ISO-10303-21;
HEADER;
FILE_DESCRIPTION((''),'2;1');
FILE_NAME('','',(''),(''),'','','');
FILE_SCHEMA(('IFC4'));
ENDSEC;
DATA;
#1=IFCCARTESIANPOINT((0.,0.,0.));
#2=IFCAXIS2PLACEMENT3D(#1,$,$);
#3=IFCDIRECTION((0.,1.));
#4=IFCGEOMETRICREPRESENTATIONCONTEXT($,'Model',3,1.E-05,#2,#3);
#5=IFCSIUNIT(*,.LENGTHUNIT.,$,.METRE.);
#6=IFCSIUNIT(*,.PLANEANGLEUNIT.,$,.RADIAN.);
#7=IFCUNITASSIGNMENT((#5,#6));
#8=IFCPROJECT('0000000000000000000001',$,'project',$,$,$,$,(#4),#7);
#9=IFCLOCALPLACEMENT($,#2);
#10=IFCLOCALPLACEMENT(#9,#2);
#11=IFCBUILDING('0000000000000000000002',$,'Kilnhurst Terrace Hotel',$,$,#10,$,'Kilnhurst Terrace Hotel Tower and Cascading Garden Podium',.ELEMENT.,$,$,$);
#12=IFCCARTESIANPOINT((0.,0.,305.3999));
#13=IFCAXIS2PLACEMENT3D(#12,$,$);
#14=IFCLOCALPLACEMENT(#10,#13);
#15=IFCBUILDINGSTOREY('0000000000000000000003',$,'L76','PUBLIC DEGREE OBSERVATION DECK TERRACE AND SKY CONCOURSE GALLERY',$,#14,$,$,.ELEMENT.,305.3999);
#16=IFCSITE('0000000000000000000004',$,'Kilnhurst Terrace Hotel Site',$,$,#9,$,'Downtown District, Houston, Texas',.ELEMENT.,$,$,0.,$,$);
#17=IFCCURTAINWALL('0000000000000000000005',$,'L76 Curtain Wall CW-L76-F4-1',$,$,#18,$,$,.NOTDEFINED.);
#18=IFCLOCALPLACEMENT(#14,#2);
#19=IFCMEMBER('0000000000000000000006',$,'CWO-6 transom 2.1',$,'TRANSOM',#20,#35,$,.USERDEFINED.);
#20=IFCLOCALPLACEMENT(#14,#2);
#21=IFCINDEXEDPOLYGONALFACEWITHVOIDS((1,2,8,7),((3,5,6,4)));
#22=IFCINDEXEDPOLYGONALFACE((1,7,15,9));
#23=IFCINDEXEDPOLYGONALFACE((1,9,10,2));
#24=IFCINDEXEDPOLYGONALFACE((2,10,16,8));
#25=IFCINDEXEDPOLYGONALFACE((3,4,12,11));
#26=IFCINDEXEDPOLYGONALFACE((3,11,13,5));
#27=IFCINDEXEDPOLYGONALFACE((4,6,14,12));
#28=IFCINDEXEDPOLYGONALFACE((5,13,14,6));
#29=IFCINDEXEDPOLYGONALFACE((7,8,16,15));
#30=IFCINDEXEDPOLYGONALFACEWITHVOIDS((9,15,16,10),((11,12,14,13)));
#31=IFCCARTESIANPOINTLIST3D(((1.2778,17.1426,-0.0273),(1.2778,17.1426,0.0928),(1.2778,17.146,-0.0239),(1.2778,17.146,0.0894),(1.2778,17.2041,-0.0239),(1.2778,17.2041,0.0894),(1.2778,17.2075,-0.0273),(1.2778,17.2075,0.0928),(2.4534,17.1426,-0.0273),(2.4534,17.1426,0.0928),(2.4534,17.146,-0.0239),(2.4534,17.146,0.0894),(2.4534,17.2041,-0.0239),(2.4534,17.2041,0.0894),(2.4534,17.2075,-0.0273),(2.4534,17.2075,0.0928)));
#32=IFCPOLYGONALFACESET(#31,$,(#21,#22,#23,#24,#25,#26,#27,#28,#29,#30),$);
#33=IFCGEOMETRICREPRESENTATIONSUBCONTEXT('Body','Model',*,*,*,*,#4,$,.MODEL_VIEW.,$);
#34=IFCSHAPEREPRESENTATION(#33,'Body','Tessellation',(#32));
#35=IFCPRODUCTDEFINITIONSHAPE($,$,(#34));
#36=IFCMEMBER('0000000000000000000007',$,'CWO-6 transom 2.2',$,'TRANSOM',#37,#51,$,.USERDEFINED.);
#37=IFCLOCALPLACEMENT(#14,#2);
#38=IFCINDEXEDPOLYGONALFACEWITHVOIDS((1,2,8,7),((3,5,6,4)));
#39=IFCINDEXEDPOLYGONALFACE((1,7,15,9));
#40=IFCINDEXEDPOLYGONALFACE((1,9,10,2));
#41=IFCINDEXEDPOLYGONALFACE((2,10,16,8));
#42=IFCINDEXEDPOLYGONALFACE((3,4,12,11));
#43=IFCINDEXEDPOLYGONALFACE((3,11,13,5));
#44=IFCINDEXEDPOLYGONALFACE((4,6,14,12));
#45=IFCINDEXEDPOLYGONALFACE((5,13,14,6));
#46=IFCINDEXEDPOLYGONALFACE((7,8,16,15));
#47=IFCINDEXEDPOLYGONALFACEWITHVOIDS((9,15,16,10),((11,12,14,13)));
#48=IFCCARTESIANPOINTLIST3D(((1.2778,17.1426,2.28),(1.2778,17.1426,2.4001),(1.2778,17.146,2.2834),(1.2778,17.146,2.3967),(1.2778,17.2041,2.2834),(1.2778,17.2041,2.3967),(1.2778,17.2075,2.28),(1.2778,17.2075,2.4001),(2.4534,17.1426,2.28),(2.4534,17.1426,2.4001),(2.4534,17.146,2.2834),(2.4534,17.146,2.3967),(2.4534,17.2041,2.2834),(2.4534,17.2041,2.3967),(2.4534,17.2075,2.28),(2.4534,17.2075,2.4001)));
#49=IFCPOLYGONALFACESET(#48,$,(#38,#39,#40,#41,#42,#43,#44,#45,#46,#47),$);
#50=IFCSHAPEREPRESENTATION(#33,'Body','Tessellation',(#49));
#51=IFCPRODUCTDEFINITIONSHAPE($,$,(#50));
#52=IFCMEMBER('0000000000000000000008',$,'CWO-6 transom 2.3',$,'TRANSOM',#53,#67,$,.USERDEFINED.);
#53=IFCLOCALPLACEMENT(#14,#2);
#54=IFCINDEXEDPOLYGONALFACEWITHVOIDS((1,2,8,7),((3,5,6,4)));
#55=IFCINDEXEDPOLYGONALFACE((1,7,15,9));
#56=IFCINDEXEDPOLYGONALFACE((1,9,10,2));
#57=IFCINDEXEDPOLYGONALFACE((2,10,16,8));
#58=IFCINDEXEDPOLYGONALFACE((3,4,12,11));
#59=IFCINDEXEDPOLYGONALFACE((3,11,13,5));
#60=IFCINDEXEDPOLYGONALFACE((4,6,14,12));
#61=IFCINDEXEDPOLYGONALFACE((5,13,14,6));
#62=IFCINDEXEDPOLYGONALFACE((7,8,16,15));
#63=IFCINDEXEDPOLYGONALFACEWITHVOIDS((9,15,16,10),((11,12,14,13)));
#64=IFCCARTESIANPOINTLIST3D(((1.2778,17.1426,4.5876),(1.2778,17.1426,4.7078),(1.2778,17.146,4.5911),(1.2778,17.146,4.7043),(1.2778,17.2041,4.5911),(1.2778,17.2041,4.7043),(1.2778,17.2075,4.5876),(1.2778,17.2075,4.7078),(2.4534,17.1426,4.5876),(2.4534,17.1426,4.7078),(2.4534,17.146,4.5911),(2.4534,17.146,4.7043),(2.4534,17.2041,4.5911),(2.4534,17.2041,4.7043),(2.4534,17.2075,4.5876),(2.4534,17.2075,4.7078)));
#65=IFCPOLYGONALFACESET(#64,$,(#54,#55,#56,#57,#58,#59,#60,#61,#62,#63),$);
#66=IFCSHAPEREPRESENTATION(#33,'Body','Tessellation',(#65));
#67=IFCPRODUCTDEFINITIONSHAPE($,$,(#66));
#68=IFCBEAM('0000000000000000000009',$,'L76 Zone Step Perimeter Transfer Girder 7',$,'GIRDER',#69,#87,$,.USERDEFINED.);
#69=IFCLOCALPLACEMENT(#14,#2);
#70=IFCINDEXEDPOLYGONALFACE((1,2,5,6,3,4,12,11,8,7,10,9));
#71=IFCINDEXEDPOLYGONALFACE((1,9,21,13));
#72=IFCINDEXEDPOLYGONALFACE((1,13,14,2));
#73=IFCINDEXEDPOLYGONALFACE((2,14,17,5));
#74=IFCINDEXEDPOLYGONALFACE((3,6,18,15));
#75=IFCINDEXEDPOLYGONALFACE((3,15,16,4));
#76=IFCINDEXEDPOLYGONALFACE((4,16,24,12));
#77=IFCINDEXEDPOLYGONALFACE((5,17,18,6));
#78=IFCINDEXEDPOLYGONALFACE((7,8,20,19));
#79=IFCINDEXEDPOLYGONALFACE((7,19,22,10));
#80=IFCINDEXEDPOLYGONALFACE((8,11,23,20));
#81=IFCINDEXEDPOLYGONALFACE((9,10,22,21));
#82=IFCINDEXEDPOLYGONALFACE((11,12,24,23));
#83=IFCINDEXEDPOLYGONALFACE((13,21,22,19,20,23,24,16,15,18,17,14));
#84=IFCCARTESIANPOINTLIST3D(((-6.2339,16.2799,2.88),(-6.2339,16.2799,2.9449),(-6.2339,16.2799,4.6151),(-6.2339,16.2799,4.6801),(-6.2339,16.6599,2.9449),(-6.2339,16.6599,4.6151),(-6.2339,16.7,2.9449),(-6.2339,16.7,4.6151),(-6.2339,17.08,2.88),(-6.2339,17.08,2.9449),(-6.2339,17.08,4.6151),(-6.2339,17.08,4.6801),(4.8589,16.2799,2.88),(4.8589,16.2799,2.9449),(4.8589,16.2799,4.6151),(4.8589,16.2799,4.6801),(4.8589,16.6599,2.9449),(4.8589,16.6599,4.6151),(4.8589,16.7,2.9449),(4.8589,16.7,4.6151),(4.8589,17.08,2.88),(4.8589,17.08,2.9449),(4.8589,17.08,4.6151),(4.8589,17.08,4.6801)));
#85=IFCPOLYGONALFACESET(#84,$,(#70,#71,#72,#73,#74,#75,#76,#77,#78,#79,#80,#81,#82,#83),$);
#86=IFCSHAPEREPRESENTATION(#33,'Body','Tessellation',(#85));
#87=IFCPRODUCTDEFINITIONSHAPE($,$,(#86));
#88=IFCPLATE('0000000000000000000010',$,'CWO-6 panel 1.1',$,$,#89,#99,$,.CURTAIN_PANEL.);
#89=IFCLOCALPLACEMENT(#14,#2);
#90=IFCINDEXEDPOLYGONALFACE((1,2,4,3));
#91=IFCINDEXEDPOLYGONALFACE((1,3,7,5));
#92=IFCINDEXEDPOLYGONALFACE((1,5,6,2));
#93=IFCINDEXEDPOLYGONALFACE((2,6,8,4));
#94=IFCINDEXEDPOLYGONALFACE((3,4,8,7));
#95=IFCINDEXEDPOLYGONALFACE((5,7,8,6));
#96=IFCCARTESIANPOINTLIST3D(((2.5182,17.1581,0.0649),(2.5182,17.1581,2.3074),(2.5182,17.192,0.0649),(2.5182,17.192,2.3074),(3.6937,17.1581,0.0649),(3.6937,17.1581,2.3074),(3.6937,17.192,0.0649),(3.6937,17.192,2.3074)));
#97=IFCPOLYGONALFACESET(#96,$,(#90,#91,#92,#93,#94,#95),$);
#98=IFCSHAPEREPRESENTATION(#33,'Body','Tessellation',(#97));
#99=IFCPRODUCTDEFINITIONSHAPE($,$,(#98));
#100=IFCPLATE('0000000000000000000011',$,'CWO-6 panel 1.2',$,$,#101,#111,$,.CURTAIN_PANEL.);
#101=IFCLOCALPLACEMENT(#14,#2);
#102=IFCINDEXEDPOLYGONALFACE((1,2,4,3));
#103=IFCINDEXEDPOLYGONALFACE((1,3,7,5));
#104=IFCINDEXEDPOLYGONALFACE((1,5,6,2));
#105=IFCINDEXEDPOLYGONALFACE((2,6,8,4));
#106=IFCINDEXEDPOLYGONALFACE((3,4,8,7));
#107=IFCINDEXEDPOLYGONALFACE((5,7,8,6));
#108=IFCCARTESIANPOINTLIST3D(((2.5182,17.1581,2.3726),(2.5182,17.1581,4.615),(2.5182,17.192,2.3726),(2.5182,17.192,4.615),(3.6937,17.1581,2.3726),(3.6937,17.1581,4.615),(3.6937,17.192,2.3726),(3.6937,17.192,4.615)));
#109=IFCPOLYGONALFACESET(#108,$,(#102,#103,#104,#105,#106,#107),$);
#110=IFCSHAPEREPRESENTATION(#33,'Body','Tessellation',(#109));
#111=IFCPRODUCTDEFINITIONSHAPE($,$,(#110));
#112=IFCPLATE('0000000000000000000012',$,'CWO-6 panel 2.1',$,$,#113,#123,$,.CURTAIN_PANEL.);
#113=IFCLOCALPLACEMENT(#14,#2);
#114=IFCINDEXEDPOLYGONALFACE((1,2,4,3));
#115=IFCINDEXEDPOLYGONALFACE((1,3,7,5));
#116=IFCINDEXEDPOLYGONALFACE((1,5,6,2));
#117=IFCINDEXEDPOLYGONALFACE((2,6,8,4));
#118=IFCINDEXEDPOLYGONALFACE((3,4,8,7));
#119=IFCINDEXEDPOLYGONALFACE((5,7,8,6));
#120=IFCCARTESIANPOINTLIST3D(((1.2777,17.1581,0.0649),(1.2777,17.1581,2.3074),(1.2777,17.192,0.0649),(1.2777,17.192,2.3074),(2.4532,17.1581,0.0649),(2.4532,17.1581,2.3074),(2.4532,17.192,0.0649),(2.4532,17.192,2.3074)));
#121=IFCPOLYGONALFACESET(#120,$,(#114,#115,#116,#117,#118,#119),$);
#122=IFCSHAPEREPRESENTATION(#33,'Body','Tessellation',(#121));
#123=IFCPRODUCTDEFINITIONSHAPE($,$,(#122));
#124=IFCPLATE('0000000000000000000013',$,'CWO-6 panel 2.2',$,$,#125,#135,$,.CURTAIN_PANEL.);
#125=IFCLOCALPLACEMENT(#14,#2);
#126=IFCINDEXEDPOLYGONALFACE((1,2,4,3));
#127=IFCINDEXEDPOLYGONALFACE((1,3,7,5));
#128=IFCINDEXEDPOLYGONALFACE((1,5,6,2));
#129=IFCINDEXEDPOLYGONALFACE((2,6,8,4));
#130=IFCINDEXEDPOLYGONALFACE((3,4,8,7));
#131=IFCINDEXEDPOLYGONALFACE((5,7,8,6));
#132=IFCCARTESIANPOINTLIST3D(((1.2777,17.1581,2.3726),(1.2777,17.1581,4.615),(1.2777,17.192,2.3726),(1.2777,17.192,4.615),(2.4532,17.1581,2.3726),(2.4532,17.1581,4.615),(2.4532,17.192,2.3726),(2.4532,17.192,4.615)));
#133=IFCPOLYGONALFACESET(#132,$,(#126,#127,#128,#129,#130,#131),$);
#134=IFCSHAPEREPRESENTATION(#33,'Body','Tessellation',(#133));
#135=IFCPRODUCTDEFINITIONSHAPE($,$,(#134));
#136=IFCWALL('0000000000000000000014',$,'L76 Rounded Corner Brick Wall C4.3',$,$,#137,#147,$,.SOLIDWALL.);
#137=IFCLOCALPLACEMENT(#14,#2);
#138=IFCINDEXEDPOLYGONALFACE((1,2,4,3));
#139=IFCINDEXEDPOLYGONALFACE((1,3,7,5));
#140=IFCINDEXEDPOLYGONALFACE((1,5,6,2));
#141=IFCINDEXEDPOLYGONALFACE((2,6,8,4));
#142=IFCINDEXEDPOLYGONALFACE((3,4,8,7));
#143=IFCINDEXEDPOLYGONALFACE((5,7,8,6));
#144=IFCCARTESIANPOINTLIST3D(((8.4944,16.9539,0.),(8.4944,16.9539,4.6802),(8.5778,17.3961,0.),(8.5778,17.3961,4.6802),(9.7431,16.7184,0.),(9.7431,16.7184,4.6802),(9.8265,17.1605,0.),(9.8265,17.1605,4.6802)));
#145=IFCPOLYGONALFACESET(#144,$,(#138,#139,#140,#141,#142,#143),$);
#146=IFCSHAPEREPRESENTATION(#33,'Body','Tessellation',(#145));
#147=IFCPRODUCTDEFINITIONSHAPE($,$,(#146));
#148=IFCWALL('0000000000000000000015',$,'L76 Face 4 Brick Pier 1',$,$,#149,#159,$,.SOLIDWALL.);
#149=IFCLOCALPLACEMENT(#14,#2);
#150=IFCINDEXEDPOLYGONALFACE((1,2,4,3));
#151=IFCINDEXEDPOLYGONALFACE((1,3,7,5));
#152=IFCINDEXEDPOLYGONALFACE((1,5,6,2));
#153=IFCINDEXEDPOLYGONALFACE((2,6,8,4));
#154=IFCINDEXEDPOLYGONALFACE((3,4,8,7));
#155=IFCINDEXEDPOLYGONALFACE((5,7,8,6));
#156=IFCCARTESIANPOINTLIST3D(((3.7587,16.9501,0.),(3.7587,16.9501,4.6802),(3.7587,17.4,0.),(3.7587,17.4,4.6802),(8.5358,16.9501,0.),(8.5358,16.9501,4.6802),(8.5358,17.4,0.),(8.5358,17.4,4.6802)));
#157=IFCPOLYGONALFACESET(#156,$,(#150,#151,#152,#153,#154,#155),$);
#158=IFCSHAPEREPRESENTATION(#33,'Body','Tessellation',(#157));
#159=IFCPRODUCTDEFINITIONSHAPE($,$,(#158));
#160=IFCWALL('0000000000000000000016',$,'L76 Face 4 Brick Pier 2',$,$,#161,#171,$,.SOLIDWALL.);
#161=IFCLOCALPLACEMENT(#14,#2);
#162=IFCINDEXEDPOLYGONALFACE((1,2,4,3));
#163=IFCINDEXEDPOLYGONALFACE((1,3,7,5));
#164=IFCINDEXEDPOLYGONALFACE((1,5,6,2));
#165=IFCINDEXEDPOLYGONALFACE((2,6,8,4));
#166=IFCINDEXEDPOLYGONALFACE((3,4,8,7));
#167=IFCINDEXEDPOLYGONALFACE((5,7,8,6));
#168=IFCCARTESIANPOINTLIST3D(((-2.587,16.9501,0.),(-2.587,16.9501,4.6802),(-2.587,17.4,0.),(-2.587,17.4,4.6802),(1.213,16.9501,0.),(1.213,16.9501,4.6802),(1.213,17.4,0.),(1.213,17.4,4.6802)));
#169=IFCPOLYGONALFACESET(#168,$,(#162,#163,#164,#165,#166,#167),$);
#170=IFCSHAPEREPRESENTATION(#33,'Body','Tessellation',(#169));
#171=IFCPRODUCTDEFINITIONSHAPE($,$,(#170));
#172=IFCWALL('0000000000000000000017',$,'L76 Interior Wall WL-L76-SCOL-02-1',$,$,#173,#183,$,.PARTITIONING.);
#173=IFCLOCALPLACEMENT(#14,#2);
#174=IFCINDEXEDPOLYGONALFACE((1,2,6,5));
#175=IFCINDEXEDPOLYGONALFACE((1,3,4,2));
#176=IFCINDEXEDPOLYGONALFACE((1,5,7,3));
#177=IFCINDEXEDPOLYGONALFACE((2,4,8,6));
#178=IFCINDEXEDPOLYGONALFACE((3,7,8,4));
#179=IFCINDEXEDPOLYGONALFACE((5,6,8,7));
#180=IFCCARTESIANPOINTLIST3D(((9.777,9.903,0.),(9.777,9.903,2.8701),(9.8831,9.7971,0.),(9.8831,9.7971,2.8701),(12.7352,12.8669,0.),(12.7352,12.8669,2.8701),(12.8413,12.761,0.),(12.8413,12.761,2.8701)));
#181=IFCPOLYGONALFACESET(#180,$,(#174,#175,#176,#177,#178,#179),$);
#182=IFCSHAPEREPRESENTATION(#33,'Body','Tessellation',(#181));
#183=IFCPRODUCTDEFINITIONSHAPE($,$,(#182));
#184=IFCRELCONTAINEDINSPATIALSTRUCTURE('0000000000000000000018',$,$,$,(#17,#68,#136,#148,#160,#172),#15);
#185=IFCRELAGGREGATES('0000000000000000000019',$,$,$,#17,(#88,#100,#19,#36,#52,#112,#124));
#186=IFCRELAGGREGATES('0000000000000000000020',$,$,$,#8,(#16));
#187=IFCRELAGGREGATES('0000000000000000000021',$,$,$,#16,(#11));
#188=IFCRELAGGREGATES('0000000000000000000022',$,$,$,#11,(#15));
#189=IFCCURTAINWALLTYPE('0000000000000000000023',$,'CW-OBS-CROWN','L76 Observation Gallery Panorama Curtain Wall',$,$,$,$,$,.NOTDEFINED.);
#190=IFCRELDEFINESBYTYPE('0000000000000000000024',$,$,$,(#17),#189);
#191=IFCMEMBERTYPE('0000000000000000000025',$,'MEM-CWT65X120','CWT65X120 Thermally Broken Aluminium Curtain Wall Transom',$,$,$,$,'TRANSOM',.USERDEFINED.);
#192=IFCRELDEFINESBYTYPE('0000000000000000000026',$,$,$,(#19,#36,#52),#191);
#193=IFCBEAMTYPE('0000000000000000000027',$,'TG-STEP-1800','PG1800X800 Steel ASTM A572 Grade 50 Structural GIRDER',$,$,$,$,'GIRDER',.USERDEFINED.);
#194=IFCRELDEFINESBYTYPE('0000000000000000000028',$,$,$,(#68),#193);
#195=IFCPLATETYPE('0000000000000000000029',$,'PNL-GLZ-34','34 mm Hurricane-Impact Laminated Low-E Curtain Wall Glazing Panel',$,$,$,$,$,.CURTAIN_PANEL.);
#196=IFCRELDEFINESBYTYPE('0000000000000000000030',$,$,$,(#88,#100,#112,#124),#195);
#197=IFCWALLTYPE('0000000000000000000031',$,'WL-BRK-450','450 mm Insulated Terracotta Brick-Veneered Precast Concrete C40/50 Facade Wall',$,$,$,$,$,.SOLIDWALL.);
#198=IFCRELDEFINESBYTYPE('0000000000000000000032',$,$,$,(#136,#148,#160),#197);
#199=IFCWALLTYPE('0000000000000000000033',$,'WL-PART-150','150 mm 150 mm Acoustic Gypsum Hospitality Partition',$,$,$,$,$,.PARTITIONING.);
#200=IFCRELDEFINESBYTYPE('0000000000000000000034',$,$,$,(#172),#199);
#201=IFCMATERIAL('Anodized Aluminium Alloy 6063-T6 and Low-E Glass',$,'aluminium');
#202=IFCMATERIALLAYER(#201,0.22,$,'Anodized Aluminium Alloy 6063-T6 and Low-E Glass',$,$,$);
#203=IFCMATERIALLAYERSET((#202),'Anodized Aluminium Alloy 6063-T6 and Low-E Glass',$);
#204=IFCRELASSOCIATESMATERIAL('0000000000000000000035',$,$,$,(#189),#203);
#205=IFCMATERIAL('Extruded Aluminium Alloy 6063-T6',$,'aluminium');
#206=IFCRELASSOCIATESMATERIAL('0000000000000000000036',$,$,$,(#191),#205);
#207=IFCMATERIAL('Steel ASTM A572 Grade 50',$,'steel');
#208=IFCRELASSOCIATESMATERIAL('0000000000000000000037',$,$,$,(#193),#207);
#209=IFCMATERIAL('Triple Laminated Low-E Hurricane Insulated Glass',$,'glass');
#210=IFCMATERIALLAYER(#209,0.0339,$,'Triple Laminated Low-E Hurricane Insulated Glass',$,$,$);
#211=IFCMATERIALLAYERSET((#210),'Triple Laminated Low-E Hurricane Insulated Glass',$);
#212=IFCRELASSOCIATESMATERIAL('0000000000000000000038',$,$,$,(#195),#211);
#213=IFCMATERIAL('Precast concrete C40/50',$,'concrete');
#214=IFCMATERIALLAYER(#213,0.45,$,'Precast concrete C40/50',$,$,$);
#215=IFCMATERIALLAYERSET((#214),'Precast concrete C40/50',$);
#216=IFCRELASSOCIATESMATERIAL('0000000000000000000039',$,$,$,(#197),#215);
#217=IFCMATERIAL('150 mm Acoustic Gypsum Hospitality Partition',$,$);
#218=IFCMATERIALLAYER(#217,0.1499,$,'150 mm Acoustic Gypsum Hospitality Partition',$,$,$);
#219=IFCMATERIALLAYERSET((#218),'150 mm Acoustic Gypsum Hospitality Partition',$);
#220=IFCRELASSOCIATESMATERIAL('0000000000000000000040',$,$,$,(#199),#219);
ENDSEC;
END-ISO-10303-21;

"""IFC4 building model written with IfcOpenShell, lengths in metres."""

from ifc_helpers import new_model, si_unit, direction, frame, frame_2d, origin, origin_2d, place, context, subcontext, project, spatial, rectangle, hollow_rectangle, i_section, extrude, material, layer, layer_set, material_profile, profile_set, type_object, element, aggregate, save


model = new_model("IFC4")

# Units and contexts
model_context = context("Model", 3, precision=1e-05, world=origin(), true_north=direction((0.0, 1.0)))
body_context = subcontext(model_context, "Body", "Model", "MODEL_VIEW")
ifc_project = project(units=[si_unit("LENGTHUNIT", "METRE"), si_unit("PLANEANGLEUNIT", "RADIAN")], contexts=[model_context])

# Site, building, storey
site_placement = place(None, origin())
site = spatial("IfcSite", under=ifc_project, at=site_placement, Name="Kilnhurst Terrace Hotel Site", LongName="Downtown District, Houston, Texas", CompositionType="ELEMENT", RefElevation=0.0)
building_placement = place(site_placement, origin())
building = spatial("IfcBuilding", under=site, at=building_placement, Name="Kilnhurst Terrace Hotel", LongName="Kilnhurst Terrace Hotel Tower and Cascading Garden Podium", CompositionType="ELEMENT")
storey_placement = place(building_placement, frame((0.0, 0.0, 305.3999)))
storey = spatial("IfcBuildingStorey", under=building, at=storey_placement, Name="L76", Description="PUBLIC DEGREE OBSERVATION DECK TERRACE AND SKY CONCOURSE GALLERY", CompositionType="ELEMENT", Elevation=305.3999)

# Curtain wall, members
ifc_material_1 = material(Name="Anodized Aluminium Alloy 6063-T6 and Low-E Glass", Category="aluminium")
ifc_layer_1 = layer(ifc_material_1, 0.22, Name="Anodized Aluminium Alloy 6063-T6 and Low-E Glass")
ifc_layer_set_1 = layer_set([ifc_layer_1], Name="Anodized Aluminium Alloy 6063-T6 and Low-E Glass")
curtain_wall_type = type_object("IfcCurtainWallType", Name="CW-OBS-CROWN", Description="L76 Observation Gallery Panorama Curtain Wall", PredefinedType="NOTDEFINED", material=ifc_layer_set_1)
curtain_wall_placement = place(storey_placement, origin())
curtain_wall = element("IfcCurtainWall", 1, at=curtain_wall_placement, inside=storey, type_object=curtain_wall_type, Name="L76 Curtain Wall CW-L76-F4-1", PredefinedType="NOTDEFINED")
ifc_material_2 = material(Name="Extruded Aluminium Alloy 6063-T6", Category="aluminium")
ifc_material_profile_1 = material_profile(ifc_material_2, hollow_rectangle(XDim=0.0649, YDim=0.1201, WallThickness=0.0034, at=origin_2d()), Name="CWT65X120")
ifc_profile_set_1 = profile_set([ifc_material_profile_1], Name="Extruded Aluminium Alloy 6063-T6")
member_type_1 = type_object("IfcMemberType", Name="MEM-CWT65X120", Description="CWT65X120 Thermally Broken Aluminium Curtain Wall Transom", ElementType="TRANSOM", PredefinedType="USERDEFINED", material=ifc_profile_set_1)
member_1_placement = place(storey_placement, frame((2.4534, 17.175, 0.0327), z_axis=(-1.0, 0.0, 0.0), x_axis=(0.0, -1.0, 0.0)))
member_1 = element("IfcMember", 2, at=member_1_placement, type_object=member_type_1, Name="CWO-6 transom 2.1", ObjectType="TRANSOM", PredefinedType="USERDEFINED", context=body_context, shape_type="SweptSolid", body=[
    extrude(hollow_rectangle(XDim=0.0649, YDim=0.1201, WallThickness=0.0034, at=origin_2d()), origin(), (0.0, 0.0, 1.0), 1.1755),
])
member_2_placement = place(storey_placement, frame((2.4534, 17.175, 2.3401), z_axis=(-1.0, 0.0, 0.0), x_axis=(0.0, -1.0, 0.0)))
member_2 = element("IfcMember", 3, at=member_2_placement, type_object=member_type_1, Name="CWO-6 transom 2.2", ObjectType="TRANSOM", PredefinedType="USERDEFINED", context=body_context, shape_type="SweptSolid", body=[
    extrude(hollow_rectangle(XDim=0.0649, YDim=0.1201, WallThickness=0.0034, at=origin_2d()), origin(), (0.0, 0.0, 1.0), 1.1755),
])
member_3_placement = place(storey_placement, frame((2.4534, 17.175, 4.6477), z_axis=(-1.0, 0.0, 0.0), x_axis=(0.0, -1.0, 0.0)))
member_3 = element("IfcMember", 4, at=member_3_placement, type_object=member_type_1, Name="CWO-6 transom 2.3", ObjectType="TRANSOM", PredefinedType="USERDEFINED", context=body_context, shape_type="SweptSolid", body=[
    extrude(hollow_rectangle(XDim=0.0649, YDim=0.1201, WallThickness=0.0034, at=origin_2d()), origin(), (0.0, 0.0, 1.0), 1.1755),
])

# Beam
ifc_material_3 = material(Name="Steel ASTM A572 Grade 50", Category="steel")
ifc_material_profile_2 = material_profile(ifc_material_3, i_section(OverallWidth=0.8, OverallDepth=1.8, WebThickness=0.04, FlangeThickness=0.0649, at=origin_2d()), Name="PG1800X800")
ifc_profile_set_2 = profile_set([ifc_material_profile_2], Name="Steel ASTM A572 Grade 50")
beam_type_1 = type_object("IfcBeamType", Name="TG-STEP-1800", Description="PG1800X800 Steel ASTM A572 Grade 50 Structural GIRDER", ElementType="GIRDER", PredefinedType="USERDEFINED", material=ifc_profile_set_2)
beam_1_placement = place(storey_placement, frame((4.8589, 16.6799, 3.78), z_axis=(-1.0, 0.0, 0.0), x_axis=(0.0, -1.0, 0.0)))
element("IfcBeam", 5, at=beam_1_placement, inside=storey, type_object=beam_type_1, Name="L76 Zone Step Perimeter Transfer Girder 7", ObjectType="GIRDER", PredefinedType="USERDEFINED", context=body_context, shape_type="SweptSolid", body=[
    extrude(i_section(OverallWidth=0.8, OverallDepth=1.8, WebThickness=0.04, FlangeThickness=0.0649, at=origin_2d()), origin(), (0.0, 0.0, 1.0), 11.0928),
])

# Plates
ifc_material_4 = material(Name="Triple Laminated Low-E Hurricane Insulated Glass", Category="glass")
ifc_layer_2 = layer(ifc_material_4, 0.0339, Name="Triple Laminated Low-E Hurricane Insulated Glass")
ifc_layer_set_2 = layer_set([ifc_layer_2], Name="Triple Laminated Low-E Hurricane Insulated Glass")
plate_type = type_object("IfcPlateType", Name="PNL-GLZ-34", Description="34 mm Hurricane-Impact Laminated Low-E Curtain Wall Glazing Panel", PredefinedType="CURTAIN_PANEL", material=ifc_layer_set_2)
plate_1_placement = place(storey_placement, frame((3.106, 17.175, 0.0649), z_axis=(0.0, 0.0, 1.0), x_axis=(-1.0, 0.0, 0.0)))
plate_1 = element("IfcPlate", 6, at=plate_1_placement, type_object=plate_type, Name="CWO-6 panel 1.1", PredefinedType="CURTAIN_PANEL", context=body_context, shape_type="SweptSolid", body=[
    extrude(rectangle(XDim=1.1755, YDim=0.0339, at=origin_2d()), origin(), (0.0, 0.0, 1.0), 2.2424),
])
plate_2_placement = place(storey_placement, frame((3.106, 17.175, 2.3726), z_axis=(0.0, 0.0, 1.0), x_axis=(-1.0, 0.0, 0.0)))
plate_2 = element("IfcPlate", 7, at=plate_2_placement, type_object=plate_type, Name="CWO-6 panel 1.2", PredefinedType="CURTAIN_PANEL", context=body_context, shape_type="SweptSolid", body=[
    extrude(rectangle(XDim=1.1755, YDim=0.0339, at=origin_2d()), origin(), (0.0, 0.0, 1.0), 2.2424),
])
plate_3_placement = place(storey_placement, frame((1.8655, 17.175, 0.0649), z_axis=(0.0, 0.0, 1.0), x_axis=(-1.0, 0.0, 0.0)))
plate_3 = element("IfcPlate", 8, at=plate_3_placement, type_object=plate_type, Name="CWO-6 panel 2.1", PredefinedType="CURTAIN_PANEL", context=body_context, shape_type="SweptSolid", body=[
    extrude(rectangle(XDim=1.1755, YDim=0.0339, at=origin_2d()), origin(), (0.0, 0.0, 1.0), 2.2424),
])
plate_4_placement = place(storey_placement, frame((1.8655, 17.175, 2.3726), z_axis=(0.0, 0.0, 1.0), x_axis=(-1.0, 0.0, 0.0)))
plate_4 = element("IfcPlate", 9, at=plate_4_placement, type_object=plate_type, Name="CWO-6 panel 2.2", PredefinedType="CURTAIN_PANEL", context=body_context, shape_type="SweptSolid", body=[
    extrude(rectangle(XDim=1.1755, YDim=0.0339, at=origin_2d()), origin(), (0.0, 0.0, 1.0), 2.2424),
])
aggregate(curtain_wall, [plate_1, plate_2, member_1, member_2, member_3, plate_3, plate_4])

# Walls
ifc_material_5 = material(Name="Precast concrete C40/50", Category="concrete")
ifc_layer_3 = layer(ifc_material_5, 0.45, Name="Precast concrete C40/50")
ifc_layer_set_3 = layer_set([ifc_layer_3], Name="Precast concrete C40/50")
wall_type_1 = type_object("IfcWallType", Name="WL-BRK-450", Description="450 mm Insulated Terracotta Brick-Veneered Precast Concrete C40/50 Facade Wall", PredefinedType="SOLIDWALL", material=ifc_layer_set_3)
wall_1_placement = place(storey_placement, frame((9.7847, 16.9395, 0.0), z_axis=(0.0, 0.0, 1.0), x_axis=(-0.982665, 0.18539, 0.0)))
element("IfcWall", 10, at=wall_1_placement, inside=storey, type_object=wall_type_1, Name="L76 Rounded Corner Brick Wall C4.3", PredefinedType="SOLIDWALL", context=body_context, shape_type="SweptSolid", body=[
    extrude(rectangle(XDim=1.2708, YDim=0.45, at=frame_2d((0.6353, 0.0))), origin(), (0.0, 0.0, 1.0), 4.6802),
])
wall_2_placement = place(storey_placement, frame((8.5359, 17.175, 0.0), z_axis=(0.0, 0.0, 1.0), x_axis=(-1.0, 0.0, 0.0)))
element("IfcWall", 11, at=wall_2_placement, inside=storey, type_object=wall_type_1, Name="L76 Face 4 Brick Pier 1", PredefinedType="SOLIDWALL", context=body_context, shape_type="SweptSolid", body=[
    extrude(rectangle(XDim=4.7771, YDim=0.45, at=frame_2d((2.3887, 0.0))), origin(), (0.0, 0.0, 1.0), 4.6802),
])
wall_3_placement = place(storey_placement, frame((1.2129, 17.175, 0.0), z_axis=(0.0, 0.0, 1.0), x_axis=(-1.0, 0.0, 0.0)))
element("IfcWall", 12, at=wall_3_placement, inside=storey, type_object=wall_type_1, Name="L76 Face 4 Brick Pier 2", PredefinedType="SOLIDWALL", context=body_context, shape_type="SweptSolid", body=[
    extrude(rectangle(XDim=3.8, YDim=0.45, at=frame_2d((1.8999, 0.0))), origin(), (0.0, 0.0, 1.0), 4.6802),
])
ifc_material_6 = material(Name="150 mm Acoustic Gypsum Hospitality Partition")
ifc_layer_4 = layer(ifc_material_6, 0.1499, Name="150 mm Acoustic Gypsum Hospitality Partition")
ifc_layer_set_4 = layer_set([ifc_layer_4], Name="150 mm Acoustic Gypsum Hospitality Partition")
wall_type_2 = type_object("IfcWallType", Name="WL-PART-150", Description="150 mm 150 mm Acoustic Gypsum Hospitality Partition", PredefinedType="PARTITIONING", material=ifc_layer_set_4)
wall_4_placement = place(storey_placement, frame((9.8301, 9.8501, 0.0), z_axis=(0.0, 0.0, 1.0), x_axis=(0.706436, 0.707777, 0.0)))
element("IfcWall", 13, at=wall_4_placement, inside=storey, type_object=wall_type_2, Name="L76 Interior Wall WL-L76-SCOL-02-1", PredefinedType="PARTITIONING", context=body_context, shape_type="SweptSolid", body=[
    extrude(rectangle(XDim=4.1875, YDim=0.1499, at=frame_2d((2.0938, 0.0))), origin(), (0.0, 0.0, 1.0), 2.8701),
])

save(model, "model.ifc")
